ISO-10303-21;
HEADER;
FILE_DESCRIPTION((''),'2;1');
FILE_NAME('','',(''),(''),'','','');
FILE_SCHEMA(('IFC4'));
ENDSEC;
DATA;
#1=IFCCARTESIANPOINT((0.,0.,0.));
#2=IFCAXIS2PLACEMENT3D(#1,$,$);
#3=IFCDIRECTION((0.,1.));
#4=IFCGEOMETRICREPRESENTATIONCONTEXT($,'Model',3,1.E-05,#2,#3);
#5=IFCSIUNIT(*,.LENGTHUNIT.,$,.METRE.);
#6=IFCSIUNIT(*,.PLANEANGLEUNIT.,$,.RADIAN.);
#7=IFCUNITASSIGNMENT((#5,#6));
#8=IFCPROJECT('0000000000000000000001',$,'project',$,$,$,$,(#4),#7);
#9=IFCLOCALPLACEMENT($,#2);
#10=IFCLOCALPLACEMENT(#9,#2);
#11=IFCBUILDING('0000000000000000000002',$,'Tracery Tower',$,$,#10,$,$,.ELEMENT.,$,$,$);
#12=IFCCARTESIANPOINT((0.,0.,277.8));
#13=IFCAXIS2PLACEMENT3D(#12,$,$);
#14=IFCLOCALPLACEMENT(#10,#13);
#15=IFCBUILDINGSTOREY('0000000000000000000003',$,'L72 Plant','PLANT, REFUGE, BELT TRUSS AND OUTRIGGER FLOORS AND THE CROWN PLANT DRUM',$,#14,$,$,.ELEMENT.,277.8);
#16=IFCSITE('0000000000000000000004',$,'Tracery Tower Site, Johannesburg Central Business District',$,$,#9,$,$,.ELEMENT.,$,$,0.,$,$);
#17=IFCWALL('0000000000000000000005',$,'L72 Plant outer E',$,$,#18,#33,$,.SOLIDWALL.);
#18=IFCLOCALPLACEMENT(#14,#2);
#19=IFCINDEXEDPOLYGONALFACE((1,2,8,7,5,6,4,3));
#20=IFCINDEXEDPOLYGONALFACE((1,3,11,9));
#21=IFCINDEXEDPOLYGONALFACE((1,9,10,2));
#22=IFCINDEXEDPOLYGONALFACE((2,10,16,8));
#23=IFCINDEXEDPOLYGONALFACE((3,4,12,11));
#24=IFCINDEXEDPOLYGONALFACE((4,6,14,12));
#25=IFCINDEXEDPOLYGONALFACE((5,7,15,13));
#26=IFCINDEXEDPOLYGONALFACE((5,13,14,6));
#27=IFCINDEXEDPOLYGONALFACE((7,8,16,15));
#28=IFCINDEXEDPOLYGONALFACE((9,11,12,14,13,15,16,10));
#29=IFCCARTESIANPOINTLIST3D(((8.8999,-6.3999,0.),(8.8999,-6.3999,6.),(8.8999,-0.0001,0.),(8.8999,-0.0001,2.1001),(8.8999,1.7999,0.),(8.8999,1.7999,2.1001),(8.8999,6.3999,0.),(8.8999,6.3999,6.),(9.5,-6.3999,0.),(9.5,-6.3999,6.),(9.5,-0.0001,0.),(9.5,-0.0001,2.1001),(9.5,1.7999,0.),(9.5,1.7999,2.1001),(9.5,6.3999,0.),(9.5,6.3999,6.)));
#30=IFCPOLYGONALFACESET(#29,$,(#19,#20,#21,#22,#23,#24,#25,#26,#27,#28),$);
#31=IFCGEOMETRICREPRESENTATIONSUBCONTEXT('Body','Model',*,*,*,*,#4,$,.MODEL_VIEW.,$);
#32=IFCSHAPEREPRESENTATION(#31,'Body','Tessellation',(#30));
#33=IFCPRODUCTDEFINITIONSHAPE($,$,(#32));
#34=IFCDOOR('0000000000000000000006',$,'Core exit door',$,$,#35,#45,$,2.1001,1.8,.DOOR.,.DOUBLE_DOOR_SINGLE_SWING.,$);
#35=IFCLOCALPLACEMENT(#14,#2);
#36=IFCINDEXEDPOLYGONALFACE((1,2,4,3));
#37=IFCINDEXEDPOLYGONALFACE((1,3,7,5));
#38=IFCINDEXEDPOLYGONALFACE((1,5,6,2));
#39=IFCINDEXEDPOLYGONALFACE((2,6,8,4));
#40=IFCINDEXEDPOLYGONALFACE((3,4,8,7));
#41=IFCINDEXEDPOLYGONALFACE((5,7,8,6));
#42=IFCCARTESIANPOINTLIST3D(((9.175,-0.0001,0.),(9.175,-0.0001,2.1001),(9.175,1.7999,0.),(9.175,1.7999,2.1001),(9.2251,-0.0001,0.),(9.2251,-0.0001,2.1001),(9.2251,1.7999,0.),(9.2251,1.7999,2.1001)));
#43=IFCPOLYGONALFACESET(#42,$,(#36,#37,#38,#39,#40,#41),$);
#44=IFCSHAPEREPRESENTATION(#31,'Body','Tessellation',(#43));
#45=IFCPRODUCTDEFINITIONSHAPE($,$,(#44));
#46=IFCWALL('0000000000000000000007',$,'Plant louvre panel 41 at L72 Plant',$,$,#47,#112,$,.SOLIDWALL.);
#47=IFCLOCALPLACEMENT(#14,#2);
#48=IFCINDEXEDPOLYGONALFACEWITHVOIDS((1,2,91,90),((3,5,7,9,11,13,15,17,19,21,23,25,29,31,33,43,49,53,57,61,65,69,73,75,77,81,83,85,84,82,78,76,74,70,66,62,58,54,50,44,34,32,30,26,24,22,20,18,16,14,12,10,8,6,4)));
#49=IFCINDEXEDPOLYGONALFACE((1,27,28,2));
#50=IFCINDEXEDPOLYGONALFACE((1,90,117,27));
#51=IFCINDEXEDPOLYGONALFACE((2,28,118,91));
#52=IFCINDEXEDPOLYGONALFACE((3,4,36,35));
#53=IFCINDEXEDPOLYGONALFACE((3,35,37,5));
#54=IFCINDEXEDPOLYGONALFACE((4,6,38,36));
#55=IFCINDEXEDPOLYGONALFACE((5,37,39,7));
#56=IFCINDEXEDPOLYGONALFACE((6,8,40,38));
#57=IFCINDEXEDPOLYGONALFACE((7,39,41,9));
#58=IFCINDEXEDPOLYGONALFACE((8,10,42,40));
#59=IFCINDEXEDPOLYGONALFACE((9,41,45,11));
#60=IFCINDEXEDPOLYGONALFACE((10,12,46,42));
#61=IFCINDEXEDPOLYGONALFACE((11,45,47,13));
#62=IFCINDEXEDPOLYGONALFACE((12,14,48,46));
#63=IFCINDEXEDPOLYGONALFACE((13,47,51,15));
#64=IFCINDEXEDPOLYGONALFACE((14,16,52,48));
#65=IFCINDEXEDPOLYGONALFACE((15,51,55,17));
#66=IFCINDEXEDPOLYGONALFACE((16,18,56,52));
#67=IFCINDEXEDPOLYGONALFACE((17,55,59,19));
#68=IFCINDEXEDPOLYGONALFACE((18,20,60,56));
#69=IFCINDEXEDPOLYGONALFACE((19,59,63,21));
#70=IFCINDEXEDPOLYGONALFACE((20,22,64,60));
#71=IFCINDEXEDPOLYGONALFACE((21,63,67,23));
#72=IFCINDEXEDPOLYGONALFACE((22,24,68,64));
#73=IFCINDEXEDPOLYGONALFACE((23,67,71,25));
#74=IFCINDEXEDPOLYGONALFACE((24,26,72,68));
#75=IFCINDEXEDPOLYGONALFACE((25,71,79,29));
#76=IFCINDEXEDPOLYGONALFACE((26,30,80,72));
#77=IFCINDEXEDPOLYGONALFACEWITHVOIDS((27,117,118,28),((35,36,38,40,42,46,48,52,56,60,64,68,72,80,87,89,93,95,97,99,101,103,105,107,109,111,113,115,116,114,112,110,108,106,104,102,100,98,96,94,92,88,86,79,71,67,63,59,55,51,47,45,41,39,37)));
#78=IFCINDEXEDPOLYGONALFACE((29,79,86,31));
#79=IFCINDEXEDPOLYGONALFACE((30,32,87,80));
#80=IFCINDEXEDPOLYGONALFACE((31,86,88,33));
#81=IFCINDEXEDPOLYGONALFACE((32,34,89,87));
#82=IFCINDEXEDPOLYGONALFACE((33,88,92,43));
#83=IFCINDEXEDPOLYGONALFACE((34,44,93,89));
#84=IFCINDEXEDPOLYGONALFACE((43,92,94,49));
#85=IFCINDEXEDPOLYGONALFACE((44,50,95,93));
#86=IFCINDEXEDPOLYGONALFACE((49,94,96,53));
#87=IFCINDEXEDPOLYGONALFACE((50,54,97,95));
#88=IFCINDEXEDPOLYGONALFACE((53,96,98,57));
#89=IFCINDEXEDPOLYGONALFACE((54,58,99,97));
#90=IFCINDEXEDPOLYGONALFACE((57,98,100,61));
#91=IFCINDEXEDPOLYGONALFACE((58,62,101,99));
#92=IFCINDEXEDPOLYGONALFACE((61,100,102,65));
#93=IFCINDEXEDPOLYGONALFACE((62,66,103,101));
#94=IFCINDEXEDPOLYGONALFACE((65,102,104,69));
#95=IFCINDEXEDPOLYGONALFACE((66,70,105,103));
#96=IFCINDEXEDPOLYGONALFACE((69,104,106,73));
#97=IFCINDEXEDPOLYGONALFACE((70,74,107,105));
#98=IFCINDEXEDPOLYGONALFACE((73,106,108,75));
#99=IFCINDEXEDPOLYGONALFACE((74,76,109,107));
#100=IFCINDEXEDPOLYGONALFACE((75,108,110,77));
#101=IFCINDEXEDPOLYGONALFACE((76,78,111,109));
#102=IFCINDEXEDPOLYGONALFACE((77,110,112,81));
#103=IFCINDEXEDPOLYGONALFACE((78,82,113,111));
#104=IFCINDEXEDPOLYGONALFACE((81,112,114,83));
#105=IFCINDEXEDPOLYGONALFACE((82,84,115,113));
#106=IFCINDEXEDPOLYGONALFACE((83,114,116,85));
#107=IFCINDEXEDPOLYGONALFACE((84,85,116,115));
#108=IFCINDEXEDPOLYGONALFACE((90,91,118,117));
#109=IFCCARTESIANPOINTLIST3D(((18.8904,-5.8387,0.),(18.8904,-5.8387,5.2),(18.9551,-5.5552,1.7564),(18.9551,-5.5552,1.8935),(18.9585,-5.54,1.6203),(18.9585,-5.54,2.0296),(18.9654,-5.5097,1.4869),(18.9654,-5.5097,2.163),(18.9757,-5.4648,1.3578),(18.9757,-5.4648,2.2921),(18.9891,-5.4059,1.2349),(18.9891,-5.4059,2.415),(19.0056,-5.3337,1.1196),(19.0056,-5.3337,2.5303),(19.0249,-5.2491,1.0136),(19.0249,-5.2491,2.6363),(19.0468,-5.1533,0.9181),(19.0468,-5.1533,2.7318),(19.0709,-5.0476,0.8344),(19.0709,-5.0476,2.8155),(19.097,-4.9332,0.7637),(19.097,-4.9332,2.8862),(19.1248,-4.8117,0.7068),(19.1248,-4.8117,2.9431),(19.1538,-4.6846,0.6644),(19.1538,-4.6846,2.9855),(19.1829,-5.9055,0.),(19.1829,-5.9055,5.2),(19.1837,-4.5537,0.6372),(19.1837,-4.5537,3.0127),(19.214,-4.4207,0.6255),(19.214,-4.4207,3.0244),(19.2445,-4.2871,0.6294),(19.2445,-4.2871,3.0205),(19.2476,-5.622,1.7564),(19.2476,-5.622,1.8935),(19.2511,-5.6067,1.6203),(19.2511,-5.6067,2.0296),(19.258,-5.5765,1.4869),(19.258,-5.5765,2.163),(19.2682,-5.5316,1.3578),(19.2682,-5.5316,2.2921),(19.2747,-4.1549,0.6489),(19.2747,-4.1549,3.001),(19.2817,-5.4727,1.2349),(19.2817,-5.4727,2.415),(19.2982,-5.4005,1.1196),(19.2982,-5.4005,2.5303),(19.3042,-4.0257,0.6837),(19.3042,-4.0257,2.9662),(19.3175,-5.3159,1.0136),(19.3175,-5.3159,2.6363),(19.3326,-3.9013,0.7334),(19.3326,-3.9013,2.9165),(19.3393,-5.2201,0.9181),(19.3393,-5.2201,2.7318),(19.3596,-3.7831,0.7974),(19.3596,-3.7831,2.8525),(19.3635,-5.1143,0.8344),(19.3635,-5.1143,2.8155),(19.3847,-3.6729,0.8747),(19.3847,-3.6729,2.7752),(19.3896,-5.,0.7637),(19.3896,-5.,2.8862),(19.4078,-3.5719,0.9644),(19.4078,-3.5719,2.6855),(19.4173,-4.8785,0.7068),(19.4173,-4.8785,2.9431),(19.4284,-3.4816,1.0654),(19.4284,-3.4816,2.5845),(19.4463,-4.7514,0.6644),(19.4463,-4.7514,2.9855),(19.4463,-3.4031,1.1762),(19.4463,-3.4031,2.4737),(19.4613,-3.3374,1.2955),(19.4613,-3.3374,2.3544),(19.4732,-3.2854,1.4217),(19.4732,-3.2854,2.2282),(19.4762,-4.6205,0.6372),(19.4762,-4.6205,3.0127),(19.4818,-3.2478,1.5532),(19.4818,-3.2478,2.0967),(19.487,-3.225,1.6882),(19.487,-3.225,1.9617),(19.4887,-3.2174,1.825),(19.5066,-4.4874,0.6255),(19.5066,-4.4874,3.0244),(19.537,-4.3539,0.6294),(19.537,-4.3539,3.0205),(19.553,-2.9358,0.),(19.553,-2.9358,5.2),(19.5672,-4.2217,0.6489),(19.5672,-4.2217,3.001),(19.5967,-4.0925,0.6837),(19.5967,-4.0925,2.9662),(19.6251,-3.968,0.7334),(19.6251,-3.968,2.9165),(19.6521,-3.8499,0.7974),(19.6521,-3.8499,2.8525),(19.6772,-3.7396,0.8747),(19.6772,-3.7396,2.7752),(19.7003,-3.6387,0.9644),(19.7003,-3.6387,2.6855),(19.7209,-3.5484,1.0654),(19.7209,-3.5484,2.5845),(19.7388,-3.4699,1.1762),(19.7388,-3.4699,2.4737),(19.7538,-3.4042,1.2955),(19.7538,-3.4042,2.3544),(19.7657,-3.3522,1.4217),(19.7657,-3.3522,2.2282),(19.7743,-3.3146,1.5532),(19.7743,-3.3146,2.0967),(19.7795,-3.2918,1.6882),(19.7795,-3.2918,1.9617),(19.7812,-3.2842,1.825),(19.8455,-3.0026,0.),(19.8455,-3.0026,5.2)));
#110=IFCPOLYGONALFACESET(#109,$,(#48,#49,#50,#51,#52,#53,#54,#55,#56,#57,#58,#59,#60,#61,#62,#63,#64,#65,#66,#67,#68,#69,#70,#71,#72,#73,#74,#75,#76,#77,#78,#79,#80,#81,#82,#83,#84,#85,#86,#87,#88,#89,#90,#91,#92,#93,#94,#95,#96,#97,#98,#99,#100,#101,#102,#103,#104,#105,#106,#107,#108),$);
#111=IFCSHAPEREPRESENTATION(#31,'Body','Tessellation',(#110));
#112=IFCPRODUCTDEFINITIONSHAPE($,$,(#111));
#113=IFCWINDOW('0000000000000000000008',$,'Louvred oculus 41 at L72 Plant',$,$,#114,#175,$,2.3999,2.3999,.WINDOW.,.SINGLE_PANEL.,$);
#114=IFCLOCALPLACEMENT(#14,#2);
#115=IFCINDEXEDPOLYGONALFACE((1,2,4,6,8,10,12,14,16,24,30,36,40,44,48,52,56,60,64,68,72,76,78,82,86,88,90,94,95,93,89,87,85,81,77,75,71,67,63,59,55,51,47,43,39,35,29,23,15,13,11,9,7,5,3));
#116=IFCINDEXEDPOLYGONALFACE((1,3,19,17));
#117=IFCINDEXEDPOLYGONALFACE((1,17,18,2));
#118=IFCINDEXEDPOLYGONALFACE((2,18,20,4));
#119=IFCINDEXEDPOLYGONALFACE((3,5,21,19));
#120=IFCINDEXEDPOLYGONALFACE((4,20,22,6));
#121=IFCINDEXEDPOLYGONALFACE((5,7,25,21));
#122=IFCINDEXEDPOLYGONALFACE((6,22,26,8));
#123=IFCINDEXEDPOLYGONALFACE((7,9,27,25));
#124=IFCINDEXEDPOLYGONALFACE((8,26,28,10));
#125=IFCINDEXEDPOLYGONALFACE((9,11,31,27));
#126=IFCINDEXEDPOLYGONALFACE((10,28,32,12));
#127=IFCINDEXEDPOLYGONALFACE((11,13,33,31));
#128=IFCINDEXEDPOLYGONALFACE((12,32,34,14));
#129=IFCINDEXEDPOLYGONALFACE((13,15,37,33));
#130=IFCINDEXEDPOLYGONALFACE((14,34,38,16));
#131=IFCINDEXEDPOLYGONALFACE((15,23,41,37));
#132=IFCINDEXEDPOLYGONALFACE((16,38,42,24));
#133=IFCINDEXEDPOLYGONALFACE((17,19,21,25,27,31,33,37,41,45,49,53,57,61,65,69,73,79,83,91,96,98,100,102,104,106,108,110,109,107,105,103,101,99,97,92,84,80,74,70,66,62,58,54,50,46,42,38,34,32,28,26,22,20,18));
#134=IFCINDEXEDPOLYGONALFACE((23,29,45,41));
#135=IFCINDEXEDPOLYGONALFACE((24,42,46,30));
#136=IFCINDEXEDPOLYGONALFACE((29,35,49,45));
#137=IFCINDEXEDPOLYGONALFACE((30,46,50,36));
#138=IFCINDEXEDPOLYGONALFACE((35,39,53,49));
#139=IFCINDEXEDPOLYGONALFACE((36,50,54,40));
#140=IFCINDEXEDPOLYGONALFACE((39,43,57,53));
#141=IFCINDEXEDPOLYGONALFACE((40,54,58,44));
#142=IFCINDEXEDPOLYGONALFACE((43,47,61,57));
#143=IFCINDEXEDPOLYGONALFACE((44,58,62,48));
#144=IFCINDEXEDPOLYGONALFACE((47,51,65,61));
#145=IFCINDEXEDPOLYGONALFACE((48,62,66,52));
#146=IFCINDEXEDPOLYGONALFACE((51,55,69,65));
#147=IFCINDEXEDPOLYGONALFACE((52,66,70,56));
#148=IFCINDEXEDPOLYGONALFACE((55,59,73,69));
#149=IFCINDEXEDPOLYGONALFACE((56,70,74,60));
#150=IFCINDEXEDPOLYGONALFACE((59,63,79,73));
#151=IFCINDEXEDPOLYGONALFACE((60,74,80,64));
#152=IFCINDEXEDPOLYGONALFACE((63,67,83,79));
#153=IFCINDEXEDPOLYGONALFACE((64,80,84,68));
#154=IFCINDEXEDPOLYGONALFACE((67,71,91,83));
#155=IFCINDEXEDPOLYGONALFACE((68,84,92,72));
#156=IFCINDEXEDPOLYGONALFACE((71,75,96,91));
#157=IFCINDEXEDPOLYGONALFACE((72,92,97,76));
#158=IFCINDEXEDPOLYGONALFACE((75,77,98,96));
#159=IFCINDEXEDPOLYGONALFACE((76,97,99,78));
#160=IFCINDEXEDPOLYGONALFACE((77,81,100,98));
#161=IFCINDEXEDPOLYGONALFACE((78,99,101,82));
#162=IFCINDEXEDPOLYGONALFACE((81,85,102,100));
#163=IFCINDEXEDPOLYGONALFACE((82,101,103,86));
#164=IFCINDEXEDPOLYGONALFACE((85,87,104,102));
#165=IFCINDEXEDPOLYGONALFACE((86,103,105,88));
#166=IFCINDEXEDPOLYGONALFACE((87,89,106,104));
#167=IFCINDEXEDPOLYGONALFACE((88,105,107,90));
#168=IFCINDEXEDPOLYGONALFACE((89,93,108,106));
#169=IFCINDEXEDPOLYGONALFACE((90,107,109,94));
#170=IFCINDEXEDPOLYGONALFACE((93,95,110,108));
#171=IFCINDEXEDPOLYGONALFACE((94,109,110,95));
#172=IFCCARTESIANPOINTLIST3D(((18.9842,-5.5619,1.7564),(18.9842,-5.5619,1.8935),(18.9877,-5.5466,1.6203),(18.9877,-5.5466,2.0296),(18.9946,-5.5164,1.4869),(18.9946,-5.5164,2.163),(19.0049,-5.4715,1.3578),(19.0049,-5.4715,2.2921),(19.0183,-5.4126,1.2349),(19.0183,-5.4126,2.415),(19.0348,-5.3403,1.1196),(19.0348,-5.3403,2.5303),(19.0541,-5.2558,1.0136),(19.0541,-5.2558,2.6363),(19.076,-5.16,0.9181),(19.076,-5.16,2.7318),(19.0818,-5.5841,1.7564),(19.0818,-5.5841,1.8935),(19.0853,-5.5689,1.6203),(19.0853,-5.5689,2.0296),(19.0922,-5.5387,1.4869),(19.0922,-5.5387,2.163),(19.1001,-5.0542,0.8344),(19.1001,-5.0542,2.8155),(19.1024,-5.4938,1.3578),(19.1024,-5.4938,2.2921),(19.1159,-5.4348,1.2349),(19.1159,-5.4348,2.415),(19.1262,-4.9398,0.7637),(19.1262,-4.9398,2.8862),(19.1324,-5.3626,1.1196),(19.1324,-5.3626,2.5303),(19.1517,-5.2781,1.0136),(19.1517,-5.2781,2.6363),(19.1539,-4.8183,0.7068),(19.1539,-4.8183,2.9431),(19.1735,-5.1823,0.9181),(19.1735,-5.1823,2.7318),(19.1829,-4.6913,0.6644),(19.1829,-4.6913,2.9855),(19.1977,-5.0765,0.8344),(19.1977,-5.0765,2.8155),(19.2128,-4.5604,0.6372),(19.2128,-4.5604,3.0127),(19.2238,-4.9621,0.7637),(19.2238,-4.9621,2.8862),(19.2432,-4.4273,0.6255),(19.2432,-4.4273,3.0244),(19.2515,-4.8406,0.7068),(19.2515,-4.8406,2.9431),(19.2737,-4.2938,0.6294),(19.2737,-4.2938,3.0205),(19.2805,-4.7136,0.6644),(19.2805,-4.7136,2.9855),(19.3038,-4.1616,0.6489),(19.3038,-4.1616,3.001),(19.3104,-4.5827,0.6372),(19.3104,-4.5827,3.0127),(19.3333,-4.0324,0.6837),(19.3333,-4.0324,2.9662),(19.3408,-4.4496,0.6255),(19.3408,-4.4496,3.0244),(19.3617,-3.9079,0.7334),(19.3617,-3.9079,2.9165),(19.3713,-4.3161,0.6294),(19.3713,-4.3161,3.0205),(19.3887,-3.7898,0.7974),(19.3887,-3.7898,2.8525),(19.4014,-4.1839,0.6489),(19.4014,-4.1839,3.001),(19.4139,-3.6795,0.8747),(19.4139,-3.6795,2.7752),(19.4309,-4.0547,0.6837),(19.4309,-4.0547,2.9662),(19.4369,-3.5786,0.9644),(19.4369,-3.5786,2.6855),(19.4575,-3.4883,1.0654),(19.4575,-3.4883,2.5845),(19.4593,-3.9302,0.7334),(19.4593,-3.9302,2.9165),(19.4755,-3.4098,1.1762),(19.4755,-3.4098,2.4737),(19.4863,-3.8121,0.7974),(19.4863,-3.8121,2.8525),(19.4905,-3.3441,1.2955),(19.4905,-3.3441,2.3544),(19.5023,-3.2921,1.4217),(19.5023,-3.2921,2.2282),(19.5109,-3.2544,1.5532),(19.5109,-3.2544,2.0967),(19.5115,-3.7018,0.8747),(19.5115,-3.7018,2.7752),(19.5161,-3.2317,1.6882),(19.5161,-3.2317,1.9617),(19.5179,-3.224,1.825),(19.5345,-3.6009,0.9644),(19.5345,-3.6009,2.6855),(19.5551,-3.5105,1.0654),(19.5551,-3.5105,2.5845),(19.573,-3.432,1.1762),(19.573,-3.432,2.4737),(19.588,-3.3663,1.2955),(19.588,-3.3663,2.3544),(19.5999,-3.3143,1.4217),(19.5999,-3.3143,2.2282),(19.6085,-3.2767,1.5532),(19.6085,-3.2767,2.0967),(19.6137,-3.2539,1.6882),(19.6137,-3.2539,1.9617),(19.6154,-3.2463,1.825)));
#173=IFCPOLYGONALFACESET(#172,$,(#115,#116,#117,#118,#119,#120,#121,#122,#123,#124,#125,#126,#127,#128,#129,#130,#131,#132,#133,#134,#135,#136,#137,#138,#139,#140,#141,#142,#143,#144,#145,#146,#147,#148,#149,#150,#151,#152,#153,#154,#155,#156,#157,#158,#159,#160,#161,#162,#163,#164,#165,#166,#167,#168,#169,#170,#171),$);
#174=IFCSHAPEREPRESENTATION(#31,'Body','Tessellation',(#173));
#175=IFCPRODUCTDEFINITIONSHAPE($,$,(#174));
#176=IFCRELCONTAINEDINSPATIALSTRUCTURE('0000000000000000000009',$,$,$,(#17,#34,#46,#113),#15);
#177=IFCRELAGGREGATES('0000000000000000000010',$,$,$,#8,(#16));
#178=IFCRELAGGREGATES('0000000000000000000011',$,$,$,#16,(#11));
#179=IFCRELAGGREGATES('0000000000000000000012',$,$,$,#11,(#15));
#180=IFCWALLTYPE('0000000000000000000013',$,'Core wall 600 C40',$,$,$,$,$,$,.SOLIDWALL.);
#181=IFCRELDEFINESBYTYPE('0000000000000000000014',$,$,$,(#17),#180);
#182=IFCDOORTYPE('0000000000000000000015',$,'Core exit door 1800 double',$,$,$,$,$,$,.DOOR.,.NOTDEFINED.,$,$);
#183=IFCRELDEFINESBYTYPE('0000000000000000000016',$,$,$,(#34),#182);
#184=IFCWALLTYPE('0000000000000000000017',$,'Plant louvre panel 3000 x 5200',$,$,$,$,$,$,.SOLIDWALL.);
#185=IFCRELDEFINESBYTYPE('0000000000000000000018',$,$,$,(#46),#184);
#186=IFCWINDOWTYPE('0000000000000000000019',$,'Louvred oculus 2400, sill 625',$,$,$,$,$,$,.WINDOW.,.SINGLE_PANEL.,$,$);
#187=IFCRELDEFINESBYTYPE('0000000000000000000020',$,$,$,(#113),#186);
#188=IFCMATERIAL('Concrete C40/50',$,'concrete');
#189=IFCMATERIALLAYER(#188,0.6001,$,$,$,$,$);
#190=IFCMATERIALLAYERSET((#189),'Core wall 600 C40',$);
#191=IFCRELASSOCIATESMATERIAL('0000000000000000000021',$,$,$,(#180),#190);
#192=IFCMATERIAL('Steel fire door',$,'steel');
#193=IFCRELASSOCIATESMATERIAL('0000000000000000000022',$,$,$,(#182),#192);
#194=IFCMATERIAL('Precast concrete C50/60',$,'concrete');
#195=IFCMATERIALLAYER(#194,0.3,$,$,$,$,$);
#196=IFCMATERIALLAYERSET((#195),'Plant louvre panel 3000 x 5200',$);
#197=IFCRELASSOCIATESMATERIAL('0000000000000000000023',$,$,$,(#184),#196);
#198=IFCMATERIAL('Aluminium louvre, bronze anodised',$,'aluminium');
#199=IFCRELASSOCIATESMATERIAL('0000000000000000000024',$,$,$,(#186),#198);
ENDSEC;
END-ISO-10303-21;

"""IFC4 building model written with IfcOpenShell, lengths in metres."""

from ifc_helpers import new_model, si_unit, direction, frame, frame_2d, origin, origin_2d, place, context, subcontext, project, spatial, rectangle, circle, extrude, material, layer, layer_set, type_object, element, fill, save


model = new_model("IFC4")

# Units and contexts
model_context = context("Model", 3, precision=1e-05, world=origin(), true_north=direction((0.0, 1.0)))
body_context = subcontext(model_context, "Body", "Model", "MODEL_VIEW")
ifc_project = project(units=[si_unit("LENGTHUNIT", "METRE"), si_unit("PLANEANGLEUNIT", "RADIAN")], contexts=[model_context])

# Site, building, storey
site_placement = place(None, origin())
site = spatial("IfcSite", under=ifc_project, at=site_placement, Name="Tracery Tower Site, Johannesburg Central Business District", CompositionType="ELEMENT", RefElevation=0.0)
building_placement = place(site_placement, origin())
building = spatial("IfcBuilding", under=site, at=building_placement, Name="Tracery Tower", CompositionType="ELEMENT")
storey_placement = place(building_placement, frame((0.0, 0.0, 277.8)))
storey = spatial("IfcBuildingStorey", under=building, at=storey_placement, Name="L72 Plant", Description="PLANT, REFUGE, BELT TRUSS AND OUTRIGGER FLOORS AND THE CROWN PLANT DRUM", CompositionType="ELEMENT", Elevation=277.8)

# Wall, opening, door
ifc_material_1 = material(Name="Concrete C40/50", Category="concrete")
ifc_layer_1 = layer(ifc_material_1, 0.6001)
ifc_layer_set_1 = layer_set([ifc_layer_1], Name="Core wall 600 C40")
wall_type_1 = type_object("IfcWallType", Name="Core wall 600 C40", PredefinedType="SOLIDWALL", material=ifc_layer_set_1)
wall_1_placement = place(storey_placement, frame((9.2, -6.3999, 0.0), z_axis=(0.0, 0.0, 1.0), x_axis=(0.0, 1.0, 0.0)))
wall_1 = element("IfcWall", 1, at=wall_1_placement, inside=storey, type_object=wall_type_1, Name="L72 Plant outer E", PredefinedType="SOLIDWALL", context=body_context, shape_type="SweptSolid", body=[
    extrude(rectangle(XDim=12.7998, YDim=0.6001, at=frame_2d((6.3999, 0.0))), origin(), (0.0, 0.0, 1.0), 6.0),
])
opening_1_placement = place(wall_1_placement, frame((6.3999, 0.0, 0.0)))
opening_1 = element("IfcOpeningElement", 2, at=opening_1_placement, cuts=wall_1, PredefinedType="OPENING", context=body_context, shape_type="SweptSolid", body=[
    extrude(rectangle(XDim=1.8, YDim=2.1001, at=frame_2d((0.8999, 1.05))), frame((0.0, 0.3, 0.0), z_axis=(0.0, -1.0, 0.0), x_axis=(1.0, 0.0, 0.0)), (0.0, 0.0, 1.0), 0.6001),
])
ifc_material_2 = material(Name="Steel fire door", Category="steel")
door_type_1 = type_object("IfcDoorType", Name="Core exit door 1800 double", OperationType="NOTDEFINED", PredefinedType="DOOR", material=ifc_material_2)
door_1_placement = place(opening_1_placement, origin())
door_1 = element("IfcDoor", 3, at=door_1_placement, inside=storey, type_object=door_type_1, Name="Core exit door", OperationType="DOUBLE_DOOR_SINGLE_SWING", OverallHeight=2.1001, OverallWidth=1.8, PredefinedType="DOOR", context=body_context, shape_type="SweptSolid", body=[
    extrude(rectangle(XDim=1.8, YDim=2.1001, at=frame_2d((0.8999, 1.05))), frame((0.0, 0.0249, 0.0), z_axis=(0.0, -1.0, 0.0), x_axis=(1.0, 0.0, 0.0)), (0.0, 0.0, 1.0), 0.05),
])
fill(opening_1, door_1)

# Wall, opening, window
ifc_material_3 = material(Name="Precast concrete C50/60", Category="concrete")
ifc_layer_2 = layer(ifc_material_3, 0.3)
ifc_layer_set_2 = layer_set([ifc_layer_2], Name="Plant louvre panel 3000 x 5200")
wall_type_2 = type_object("IfcWallType", Name="Plant louvre panel 3000 x 5200", PredefinedType="SOLIDWALL", material=ifc_layer_set_2)
wall_2_placement = place(storey_placement, frame((19.0366, -5.8721, 0.0), z_axis=(0.0, 0.0, 1.0), x_axis=(0.222535, 0.974925, 0.0)))
wall_2 = element("IfcWall", 4, at=wall_2_placement, inside=storey, type_object=wall_type_2, Name="Plant louvre panel 41 at L72 Plant", PredefinedType="SOLIDWALL", context=body_context, shape_type="SweptSolid", body=[
    extrude(rectangle(XDim=2.9775, YDim=0.3, at=frame_2d((1.4888, 0.0))), origin(), (0.0, 0.0, 1.0), 5.2),
])
opening_2_placement = place(wall_2_placement, frame((1.4888, 0.0, 1.825)))
opening_2 = element("IfcOpeningElement", 5, at=opening_2_placement, cuts=wall_2, PredefinedType="OPENING", context=body_context, shape_type="SweptSolid", body=[
    extrude(circle(Radius=1.2, at=origin_2d()), frame((0.0, 0.1599, 0.0), z_axis=(0.0, -1.0, 0.0), x_axis=(1.0, 0.0, 0.0)), (0.0, 0.0, 1.0), 0.3201),
])
ifc_material_4 = material(Name="Aluminium louvre, bronze anodised", Category="aluminium")
window_type = type_object("IfcWindowType", Name="Louvred oculus 2400, sill 625", PartitioningType="SINGLE_PANEL", PredefinedType="WINDOW", material=ifc_material_4)
window_1_placement = place(opening_2_placement, origin())
window_1 = element("IfcWindow", 6, at=window_1_placement, inside=storey, type_object=window_type, Name="Louvred oculus 41 at L72 Plant", OverallHeight=2.3999, OverallWidth=2.3999, PartitioningType="SINGLE_PANEL", PredefinedType="WINDOW", context=body_context, shape_type="SweptSolid", body=[
    extrude(circle(Radius=1.2, at=origin_2d()), frame((0.0, 0.1201, 0.0), z_axis=(0.0, -1.0, 0.0), x_axis=(1.0, 0.0, 0.0)), (0.0, 0.0, 1.0), 0.1001),
])
fill(opening_2, window_1)

save(model, "model.ifc")
